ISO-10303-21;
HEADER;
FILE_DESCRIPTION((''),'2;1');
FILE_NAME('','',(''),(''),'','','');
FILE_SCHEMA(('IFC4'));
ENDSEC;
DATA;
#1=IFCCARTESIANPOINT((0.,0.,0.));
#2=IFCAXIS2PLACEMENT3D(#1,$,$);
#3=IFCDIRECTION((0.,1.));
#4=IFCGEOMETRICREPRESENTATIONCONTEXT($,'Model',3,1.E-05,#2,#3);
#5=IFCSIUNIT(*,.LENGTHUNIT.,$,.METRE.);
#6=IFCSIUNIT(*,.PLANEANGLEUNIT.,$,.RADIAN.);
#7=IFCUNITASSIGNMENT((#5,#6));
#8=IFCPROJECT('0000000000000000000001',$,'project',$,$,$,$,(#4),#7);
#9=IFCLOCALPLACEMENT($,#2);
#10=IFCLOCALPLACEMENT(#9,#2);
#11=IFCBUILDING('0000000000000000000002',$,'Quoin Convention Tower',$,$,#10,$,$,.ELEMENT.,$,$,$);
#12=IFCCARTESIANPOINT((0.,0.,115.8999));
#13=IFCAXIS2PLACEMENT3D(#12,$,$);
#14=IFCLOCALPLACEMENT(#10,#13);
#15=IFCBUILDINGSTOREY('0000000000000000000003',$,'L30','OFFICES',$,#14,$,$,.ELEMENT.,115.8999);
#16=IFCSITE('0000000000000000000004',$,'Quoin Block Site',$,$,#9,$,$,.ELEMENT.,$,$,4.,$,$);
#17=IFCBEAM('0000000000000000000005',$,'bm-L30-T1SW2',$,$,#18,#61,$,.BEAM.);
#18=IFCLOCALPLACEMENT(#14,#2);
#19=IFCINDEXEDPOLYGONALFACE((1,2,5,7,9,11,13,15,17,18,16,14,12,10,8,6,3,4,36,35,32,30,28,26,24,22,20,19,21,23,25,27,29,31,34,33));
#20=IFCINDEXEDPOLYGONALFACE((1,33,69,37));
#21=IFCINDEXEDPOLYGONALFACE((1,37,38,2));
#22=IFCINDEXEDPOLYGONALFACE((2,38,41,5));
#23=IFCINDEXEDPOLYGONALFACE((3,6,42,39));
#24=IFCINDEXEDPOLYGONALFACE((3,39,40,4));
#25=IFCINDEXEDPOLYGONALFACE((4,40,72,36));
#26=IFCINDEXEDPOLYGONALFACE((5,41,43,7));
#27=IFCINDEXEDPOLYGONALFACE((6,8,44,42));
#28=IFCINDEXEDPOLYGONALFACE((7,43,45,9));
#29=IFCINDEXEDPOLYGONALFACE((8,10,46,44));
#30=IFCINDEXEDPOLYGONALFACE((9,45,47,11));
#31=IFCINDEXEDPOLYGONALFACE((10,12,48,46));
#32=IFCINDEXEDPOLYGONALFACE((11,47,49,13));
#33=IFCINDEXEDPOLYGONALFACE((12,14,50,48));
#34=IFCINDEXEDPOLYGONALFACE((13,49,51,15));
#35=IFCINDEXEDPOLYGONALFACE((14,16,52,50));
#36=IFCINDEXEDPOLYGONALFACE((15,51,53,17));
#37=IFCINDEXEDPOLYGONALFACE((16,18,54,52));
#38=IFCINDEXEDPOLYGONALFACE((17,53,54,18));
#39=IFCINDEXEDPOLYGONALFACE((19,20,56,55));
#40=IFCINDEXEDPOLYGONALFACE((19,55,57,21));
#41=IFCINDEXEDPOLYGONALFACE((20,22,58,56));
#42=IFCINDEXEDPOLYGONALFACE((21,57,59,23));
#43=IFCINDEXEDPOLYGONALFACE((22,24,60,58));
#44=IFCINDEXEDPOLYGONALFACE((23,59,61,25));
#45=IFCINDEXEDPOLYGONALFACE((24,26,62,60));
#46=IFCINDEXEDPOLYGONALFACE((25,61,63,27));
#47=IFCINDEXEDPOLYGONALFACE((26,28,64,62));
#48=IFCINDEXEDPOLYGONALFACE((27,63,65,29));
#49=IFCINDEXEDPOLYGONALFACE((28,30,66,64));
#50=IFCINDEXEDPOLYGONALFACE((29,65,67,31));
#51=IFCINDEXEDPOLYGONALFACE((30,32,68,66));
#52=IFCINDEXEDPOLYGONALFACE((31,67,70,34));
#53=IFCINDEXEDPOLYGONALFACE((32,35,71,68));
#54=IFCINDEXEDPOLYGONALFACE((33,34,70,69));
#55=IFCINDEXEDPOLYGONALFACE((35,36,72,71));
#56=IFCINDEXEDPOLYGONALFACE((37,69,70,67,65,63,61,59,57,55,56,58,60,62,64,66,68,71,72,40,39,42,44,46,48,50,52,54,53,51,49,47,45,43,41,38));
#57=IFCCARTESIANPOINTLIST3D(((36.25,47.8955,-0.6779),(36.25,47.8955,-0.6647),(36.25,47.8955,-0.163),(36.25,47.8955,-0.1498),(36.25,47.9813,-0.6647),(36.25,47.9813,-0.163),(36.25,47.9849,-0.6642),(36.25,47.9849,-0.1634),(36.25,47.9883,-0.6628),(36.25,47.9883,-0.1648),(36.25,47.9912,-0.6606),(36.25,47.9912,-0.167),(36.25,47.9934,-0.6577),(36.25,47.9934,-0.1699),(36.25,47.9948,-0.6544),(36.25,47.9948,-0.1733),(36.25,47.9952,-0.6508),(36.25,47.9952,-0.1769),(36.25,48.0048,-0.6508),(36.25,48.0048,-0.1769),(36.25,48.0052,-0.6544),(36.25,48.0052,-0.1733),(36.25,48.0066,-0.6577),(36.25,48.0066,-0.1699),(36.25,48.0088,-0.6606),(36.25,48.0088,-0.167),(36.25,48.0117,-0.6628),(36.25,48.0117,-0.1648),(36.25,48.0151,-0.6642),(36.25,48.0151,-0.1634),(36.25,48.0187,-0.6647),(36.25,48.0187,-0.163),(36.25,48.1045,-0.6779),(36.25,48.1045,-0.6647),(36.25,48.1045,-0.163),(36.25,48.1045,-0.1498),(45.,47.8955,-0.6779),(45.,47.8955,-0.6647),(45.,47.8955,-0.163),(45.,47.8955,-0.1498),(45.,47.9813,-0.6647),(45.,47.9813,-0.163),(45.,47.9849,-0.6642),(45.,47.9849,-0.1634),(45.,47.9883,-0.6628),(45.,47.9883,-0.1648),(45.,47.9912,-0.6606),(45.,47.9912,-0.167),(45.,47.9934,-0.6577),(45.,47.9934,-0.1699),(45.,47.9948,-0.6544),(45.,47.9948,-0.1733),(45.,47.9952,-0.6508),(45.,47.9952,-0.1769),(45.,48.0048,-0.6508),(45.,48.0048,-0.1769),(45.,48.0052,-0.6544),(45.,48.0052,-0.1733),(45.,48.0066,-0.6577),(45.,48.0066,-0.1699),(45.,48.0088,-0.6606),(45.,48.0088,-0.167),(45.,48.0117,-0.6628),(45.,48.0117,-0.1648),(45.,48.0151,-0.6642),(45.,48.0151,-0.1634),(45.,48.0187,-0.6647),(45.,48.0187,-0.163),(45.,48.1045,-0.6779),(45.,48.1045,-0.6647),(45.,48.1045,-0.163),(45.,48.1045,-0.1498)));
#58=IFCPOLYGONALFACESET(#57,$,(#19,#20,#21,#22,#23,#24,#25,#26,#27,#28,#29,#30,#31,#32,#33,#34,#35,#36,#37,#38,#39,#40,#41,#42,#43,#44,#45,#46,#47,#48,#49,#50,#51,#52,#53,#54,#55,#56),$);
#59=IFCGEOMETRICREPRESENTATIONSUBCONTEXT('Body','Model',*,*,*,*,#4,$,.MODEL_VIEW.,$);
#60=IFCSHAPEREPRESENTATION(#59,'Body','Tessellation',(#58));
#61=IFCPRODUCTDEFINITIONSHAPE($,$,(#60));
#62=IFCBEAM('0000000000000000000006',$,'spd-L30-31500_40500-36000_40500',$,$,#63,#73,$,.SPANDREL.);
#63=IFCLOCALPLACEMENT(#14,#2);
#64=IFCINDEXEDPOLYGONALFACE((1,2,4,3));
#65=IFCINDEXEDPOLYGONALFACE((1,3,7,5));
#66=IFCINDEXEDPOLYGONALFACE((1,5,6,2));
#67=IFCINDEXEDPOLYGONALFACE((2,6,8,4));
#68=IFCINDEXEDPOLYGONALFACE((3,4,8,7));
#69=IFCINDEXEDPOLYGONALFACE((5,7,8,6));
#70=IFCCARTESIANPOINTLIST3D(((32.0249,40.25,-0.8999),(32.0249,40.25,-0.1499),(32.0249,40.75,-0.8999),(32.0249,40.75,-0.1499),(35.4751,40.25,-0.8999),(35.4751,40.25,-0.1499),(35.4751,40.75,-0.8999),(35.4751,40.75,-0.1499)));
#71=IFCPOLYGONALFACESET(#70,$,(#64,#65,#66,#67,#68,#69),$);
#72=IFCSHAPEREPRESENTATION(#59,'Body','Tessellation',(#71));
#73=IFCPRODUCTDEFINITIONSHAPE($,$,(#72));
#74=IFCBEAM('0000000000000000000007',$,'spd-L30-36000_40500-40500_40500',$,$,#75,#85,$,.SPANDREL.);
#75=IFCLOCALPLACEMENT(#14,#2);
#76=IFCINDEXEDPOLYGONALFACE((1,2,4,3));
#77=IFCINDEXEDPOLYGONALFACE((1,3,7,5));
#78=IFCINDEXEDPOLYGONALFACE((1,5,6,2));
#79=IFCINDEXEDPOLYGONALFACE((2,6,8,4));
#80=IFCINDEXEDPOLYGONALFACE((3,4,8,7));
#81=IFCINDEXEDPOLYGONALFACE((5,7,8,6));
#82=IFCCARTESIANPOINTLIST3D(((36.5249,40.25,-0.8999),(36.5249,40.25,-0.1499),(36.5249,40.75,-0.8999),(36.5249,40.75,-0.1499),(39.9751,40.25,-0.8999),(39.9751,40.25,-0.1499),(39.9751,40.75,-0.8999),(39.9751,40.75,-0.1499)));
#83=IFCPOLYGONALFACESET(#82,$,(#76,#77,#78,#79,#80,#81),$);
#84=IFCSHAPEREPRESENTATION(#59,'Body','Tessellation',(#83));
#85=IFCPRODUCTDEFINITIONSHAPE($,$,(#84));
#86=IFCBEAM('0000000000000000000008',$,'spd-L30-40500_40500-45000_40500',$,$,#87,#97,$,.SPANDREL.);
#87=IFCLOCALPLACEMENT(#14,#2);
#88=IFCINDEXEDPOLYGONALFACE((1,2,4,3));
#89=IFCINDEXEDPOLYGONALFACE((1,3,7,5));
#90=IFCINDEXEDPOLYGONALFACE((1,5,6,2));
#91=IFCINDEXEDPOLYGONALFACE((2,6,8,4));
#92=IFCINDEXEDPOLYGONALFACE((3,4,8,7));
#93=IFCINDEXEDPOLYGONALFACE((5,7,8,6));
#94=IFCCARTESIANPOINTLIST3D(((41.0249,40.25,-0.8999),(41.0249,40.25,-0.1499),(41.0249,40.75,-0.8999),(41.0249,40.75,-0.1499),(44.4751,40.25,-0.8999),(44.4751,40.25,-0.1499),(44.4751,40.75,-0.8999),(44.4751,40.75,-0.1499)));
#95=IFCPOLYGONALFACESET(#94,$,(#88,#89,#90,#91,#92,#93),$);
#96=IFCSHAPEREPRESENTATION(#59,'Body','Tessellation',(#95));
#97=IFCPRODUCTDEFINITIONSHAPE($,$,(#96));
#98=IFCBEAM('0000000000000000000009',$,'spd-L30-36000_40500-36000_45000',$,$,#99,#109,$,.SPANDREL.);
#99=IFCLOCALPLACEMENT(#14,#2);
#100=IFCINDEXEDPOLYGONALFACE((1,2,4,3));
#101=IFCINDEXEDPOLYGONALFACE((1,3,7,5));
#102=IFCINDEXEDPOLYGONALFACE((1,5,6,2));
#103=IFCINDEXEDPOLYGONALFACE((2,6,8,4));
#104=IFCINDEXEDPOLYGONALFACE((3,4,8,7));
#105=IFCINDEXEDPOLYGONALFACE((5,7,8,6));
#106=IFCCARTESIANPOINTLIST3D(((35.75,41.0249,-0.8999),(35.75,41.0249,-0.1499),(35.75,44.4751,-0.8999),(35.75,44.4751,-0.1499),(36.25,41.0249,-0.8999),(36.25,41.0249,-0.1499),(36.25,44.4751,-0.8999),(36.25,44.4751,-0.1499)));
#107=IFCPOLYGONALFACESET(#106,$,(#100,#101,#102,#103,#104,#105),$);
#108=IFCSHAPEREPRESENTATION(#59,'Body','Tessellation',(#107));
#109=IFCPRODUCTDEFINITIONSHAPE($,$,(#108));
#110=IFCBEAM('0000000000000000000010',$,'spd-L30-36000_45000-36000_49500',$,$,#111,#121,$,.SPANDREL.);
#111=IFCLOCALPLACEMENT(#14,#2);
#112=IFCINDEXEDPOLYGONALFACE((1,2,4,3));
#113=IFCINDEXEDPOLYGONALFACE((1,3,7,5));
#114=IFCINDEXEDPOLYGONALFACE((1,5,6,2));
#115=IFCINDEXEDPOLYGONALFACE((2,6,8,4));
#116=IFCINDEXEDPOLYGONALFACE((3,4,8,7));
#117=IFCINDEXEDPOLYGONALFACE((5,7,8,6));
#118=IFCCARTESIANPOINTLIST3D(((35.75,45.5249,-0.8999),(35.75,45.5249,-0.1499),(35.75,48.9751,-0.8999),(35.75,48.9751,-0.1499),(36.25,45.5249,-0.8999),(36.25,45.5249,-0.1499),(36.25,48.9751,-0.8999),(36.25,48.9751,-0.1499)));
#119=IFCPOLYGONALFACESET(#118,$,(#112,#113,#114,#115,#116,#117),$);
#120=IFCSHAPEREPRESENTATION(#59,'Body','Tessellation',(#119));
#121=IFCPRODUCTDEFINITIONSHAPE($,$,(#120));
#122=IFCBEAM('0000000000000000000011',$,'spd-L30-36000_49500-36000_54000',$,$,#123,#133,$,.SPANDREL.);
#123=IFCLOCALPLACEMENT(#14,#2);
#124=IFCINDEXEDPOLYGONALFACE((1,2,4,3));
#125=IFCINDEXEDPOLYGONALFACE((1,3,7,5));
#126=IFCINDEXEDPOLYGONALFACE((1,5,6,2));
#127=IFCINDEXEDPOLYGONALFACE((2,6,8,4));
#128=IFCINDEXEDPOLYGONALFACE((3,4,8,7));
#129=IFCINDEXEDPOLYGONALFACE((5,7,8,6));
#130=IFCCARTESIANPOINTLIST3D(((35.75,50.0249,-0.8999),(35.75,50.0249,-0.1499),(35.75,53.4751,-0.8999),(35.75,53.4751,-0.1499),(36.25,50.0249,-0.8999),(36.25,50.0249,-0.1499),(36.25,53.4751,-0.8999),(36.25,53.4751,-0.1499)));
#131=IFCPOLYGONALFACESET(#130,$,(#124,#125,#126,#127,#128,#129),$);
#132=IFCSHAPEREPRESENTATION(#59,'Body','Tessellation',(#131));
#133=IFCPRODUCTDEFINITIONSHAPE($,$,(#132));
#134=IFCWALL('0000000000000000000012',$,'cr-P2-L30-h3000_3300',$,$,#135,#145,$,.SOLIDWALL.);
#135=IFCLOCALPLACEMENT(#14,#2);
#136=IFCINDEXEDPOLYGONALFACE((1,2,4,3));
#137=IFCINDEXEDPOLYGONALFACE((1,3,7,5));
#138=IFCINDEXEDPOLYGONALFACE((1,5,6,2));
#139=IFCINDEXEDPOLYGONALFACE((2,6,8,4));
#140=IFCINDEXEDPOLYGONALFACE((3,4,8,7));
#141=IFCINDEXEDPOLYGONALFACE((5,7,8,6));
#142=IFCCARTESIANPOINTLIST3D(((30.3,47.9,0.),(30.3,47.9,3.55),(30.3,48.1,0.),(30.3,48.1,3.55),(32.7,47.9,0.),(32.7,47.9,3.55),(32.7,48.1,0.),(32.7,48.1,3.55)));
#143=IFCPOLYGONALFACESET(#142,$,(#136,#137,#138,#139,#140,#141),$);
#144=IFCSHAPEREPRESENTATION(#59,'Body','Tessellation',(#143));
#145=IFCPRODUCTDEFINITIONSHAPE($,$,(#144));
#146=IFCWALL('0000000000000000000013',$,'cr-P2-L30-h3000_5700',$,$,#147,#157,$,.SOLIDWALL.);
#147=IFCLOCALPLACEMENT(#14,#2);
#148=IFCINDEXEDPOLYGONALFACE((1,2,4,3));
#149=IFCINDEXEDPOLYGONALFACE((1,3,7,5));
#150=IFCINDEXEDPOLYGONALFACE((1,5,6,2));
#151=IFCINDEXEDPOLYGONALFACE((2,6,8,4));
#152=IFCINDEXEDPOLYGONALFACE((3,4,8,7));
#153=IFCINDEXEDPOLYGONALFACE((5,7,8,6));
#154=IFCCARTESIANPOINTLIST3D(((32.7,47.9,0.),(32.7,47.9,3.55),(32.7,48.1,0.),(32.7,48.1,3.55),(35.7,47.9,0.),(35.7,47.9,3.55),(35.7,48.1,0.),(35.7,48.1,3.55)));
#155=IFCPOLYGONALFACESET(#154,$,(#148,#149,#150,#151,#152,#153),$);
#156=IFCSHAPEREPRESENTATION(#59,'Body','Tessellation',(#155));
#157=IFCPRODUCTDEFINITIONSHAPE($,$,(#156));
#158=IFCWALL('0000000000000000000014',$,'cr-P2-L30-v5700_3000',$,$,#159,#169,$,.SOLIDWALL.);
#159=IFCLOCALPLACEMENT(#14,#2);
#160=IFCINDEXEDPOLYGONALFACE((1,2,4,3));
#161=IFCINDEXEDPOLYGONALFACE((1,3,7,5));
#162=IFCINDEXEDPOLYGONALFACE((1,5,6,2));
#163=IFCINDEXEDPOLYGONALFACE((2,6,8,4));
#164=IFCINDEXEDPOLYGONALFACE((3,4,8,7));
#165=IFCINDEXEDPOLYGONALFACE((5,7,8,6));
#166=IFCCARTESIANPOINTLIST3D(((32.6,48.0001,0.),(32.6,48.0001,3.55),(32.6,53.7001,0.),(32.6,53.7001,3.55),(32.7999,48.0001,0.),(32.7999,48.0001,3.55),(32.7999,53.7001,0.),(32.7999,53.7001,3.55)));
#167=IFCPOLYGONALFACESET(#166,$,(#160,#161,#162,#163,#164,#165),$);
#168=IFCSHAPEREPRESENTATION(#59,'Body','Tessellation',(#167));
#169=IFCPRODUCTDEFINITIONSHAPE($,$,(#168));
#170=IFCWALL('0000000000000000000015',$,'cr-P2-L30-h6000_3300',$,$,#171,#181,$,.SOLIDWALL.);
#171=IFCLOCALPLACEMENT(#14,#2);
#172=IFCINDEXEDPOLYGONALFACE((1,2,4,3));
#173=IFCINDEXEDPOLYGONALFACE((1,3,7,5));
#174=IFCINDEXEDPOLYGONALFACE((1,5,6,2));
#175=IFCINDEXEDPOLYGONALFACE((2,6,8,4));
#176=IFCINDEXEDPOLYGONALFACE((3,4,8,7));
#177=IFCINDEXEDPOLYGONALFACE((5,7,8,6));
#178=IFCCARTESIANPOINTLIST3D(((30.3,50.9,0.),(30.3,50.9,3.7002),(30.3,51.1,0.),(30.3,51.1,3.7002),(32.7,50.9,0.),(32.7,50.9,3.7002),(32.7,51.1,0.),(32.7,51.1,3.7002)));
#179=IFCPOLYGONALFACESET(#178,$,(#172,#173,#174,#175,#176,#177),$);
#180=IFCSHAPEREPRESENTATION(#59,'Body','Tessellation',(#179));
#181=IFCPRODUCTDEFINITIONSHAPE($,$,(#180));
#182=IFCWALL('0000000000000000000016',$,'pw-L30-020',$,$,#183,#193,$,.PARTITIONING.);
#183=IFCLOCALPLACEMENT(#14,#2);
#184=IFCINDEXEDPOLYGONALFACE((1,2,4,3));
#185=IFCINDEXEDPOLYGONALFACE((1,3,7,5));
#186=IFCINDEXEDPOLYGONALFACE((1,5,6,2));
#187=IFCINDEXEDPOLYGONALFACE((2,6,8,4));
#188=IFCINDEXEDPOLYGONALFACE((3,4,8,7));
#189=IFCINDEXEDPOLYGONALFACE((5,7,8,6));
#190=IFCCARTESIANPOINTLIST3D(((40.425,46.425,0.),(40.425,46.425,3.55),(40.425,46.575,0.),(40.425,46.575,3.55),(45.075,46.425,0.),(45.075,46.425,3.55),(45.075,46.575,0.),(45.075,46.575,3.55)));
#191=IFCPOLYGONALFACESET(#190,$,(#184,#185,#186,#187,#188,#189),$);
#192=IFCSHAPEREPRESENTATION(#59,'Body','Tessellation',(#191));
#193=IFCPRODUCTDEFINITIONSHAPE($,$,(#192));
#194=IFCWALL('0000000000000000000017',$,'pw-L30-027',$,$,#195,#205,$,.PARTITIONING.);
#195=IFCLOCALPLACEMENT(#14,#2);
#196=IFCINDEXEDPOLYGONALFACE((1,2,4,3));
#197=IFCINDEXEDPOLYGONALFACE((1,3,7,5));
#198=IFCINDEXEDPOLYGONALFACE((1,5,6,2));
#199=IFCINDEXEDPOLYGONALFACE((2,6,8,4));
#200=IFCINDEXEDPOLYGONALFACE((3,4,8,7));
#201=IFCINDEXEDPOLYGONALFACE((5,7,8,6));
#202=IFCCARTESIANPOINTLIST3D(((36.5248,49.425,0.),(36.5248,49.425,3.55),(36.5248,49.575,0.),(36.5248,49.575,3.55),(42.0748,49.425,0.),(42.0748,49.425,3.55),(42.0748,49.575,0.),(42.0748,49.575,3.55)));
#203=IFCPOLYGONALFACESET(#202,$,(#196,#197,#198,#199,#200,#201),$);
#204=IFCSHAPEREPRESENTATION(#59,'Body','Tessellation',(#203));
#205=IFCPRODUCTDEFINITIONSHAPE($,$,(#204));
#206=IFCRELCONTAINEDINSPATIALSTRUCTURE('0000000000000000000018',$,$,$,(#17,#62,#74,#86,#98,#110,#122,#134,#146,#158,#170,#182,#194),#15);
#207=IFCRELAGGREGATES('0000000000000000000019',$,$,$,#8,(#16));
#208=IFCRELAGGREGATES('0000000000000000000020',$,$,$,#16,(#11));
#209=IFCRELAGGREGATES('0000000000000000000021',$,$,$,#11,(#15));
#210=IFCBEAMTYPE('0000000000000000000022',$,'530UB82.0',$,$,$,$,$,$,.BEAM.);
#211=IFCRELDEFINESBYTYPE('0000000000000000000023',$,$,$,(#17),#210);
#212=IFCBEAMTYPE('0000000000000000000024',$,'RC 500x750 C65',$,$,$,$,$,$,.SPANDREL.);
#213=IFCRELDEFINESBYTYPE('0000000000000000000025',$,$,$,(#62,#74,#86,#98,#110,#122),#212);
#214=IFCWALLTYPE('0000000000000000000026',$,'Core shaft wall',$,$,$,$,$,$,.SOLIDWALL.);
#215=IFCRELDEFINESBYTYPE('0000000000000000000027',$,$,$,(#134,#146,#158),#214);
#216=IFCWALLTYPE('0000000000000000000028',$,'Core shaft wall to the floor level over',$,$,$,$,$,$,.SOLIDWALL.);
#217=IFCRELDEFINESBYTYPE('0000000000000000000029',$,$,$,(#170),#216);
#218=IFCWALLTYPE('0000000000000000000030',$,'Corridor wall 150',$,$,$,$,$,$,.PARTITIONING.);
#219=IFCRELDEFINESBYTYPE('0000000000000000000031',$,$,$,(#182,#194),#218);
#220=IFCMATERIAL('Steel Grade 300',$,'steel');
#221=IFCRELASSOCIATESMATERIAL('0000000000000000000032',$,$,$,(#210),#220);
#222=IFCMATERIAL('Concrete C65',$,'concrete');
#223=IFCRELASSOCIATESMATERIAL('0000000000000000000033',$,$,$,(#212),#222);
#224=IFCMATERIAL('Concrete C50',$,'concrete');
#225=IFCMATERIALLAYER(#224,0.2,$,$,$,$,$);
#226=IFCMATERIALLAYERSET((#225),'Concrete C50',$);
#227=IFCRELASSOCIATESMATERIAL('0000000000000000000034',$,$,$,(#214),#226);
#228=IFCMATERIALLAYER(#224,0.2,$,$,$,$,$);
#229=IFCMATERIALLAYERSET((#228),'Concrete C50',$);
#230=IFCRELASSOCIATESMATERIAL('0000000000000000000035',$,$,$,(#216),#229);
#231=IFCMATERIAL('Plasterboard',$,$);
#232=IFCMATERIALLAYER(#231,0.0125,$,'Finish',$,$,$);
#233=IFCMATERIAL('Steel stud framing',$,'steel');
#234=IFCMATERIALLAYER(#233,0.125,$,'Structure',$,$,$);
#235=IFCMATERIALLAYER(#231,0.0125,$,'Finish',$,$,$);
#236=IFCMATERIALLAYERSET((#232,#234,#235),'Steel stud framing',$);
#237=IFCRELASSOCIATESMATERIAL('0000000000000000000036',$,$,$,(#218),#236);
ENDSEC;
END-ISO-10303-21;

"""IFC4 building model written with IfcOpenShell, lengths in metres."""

from ifc_helpers import new_model, si_unit, direction, frame, frame_2d, origin, origin_2d, place, context, subcontext, project, spatial, rectangle, i_section, extrude, material, layer, layer_set, material_profile, profile_set, type_object, element, save


model = new_model("IFC4")

# Units and contexts
model_context = context("Model", 3, precision=1e-05, world=origin(), true_north=direction((0.0, 1.0)))
body_context = subcontext(model_context, "Body", "Model", "MODEL_VIEW")
ifc_project = project(units=[si_unit("LENGTHUNIT", "METRE"), si_unit("PLANEANGLEUNIT", "RADIAN")], contexts=[model_context])

# Site, building, storey
site_placement = place(None, origin())
site = spatial("IfcSite", under=ifc_project, at=site_placement, Name="Quoin Block Site", CompositionType="ELEMENT", RefElevation=4.0)
building_placement = place(site_placement, origin())
building = spatial("IfcBuilding", under=site, at=building_placement, Name="Quoin Convention Tower", CompositionType="ELEMENT")
storey_placement = place(building_placement, frame((0.0, 0.0, 115.8999)))
storey = spatial("IfcBuildingStorey", under=building, at=storey_placement, Name="L30", Description="OFFICES", CompositionType="ELEMENT", Elevation=115.8999)

# Shared definitions
ifc_material_1 = material(Name="Concrete C65", Category="concrete")

# Beams
ifc_material_2 = material(Name="Steel Grade 300", Category="steel")
ifc_material_profile_1 = material_profile(ifc_material_2, i_section(OverallWidth=0.209, OverallDepth=0.5281, WebThickness=0.0095, FlangeThickness=0.0132, FilletRadius=0.0139, at=origin_2d()), Name="530UB82.0")
ifc_profile_set_1 = profile_set([ifc_material_profile_1], Name="Steel Grade 300")
beam_type_1 = type_object("IfcBeamType", Name="530UB82.0", PredefinedType="BEAM", material=ifc_profile_set_1)
beam_1_placement = place(storey_placement, frame((36.25, 48.0, -0.4138), z_axis=(1.0, 0.0, 0.0), x_axis=(0.0, 1.0, 0.0)))
element("IfcBeam", 1, at=beam_1_placement, inside=storey, type_object=beam_type_1, Name="bm-L30-T1SW2", PredefinedType="BEAM", context=body_context, shape_type="SweptSolid", body=[
    extrude(i_section(OverallWidth=0.209, OverallDepth=0.5281, WebThickness=0.0095, FlangeThickness=0.0132, FilletRadius=0.0139, at=origin_2d()), origin(), (0.0, 0.0, 1.0), 8.75),
])
ifc_material_profile_2 = material_profile(ifc_material_1, rectangle(XDim=0.5, YDim=0.75, at=origin_2d()), Name="RC 500x750")
ifc_profile_set_2 = profile_set([ifc_material_profile_2], Name="Concrete C65")
beam_type_2 = type_object("IfcBeamType", Name="RC 500x750 C65", PredefinedType="SPANDREL", material=ifc_profile_set_2)
for number, where, z_axis, x_axis, name in (
    (2, (32.0249, 40.5, -0.5249), (1.0, 0.0, 0.0), (0.0, 1.0, 0.0), "spd-L30-31500_40500-36000_40500"),
    (3, (36.5249, 40.5, -0.5249), (1.0, 0.0, 0.0), (0.0, 1.0, 0.0), "spd-L30-36000_40500-40500_40500"),
    (4, (41.0249, 40.5, -0.5249), (1.0, 0.0, 0.0), (0.0, 1.0, 0.0), "spd-L30-40500_40500-45000_40500"),
    (5, (36.0, 41.0249, -0.5249), (0.0, 1.0, 0.0), (-1.0, 0.0, 0.0), "spd-L30-36000_40500-36000_45000"),
    (6, (36.0, 45.5249, -0.5249), (0.0, 1.0, 0.0), (-1.0, 0.0, 0.0), "spd-L30-36000_45000-36000_49500"),
    (7, (36.0, 50.0249, -0.5249), (0.0, 1.0, 0.0), (-1.0, 0.0, 0.0), "spd-L30-36000_49500-36000_54000"),
):
    element("IfcBeam", number, at=place(storey_placement, frame(where, z_axis=z_axis, x_axis=x_axis)), inside=storey, type_object=beam_type_2, Name=name, PredefinedType="SPANDREL", context=body_context, shape_type="SweptSolid", body=[
        extrude(rectangle(XDim=0.5, YDim=0.75, at=origin_2d()), origin(), (0.0, 0.0, 1.0), 3.4502),
    ])

# Walls
ifc_material_3 = material(Name="Concrete C50", Category="concrete")
ifc_layer_1 = layer(ifc_material_3, 0.2)
ifc_layer_set_1 = layer_set([ifc_layer_1], Name="Concrete C50")
wall_type_1 = type_object("IfcWallType", Name="Core shaft wall", PredefinedType="SOLIDWALL", material=ifc_layer_set_1)
wall_1_placement = place(storey_placement, frame((30.3, 48.0, 0.0), z_axis=(0.0, 0.0, 1.0), x_axis=(1.0, 0.0, 0.0)))
element("IfcWall", 8, at=wall_1_placement, inside=storey, type_object=wall_type_1, Name="cr-P2-L30-h3000_3300", PredefinedType="SOLIDWALL", context=body_context, shape_type="SweptSolid", body=[
    extrude(rectangle(XDim=2.3999, YDim=0.2, at=frame_2d((1.2, 0.0))), origin(), (0.0, 0.0, 1.0), 3.55),
])
wall_2_placement = place(storey_placement, frame((32.7, 48.0, 0.0), z_axis=(0.0, 0.0, 1.0), x_axis=(1.0, 0.0, 0.0)))
element("IfcWall", 9, at=wall_2_placement, inside=storey, type_object=wall_type_1, Name="cr-P2-L30-h3000_5700", PredefinedType="SOLIDWALL", context=body_context, shape_type="SweptSolid", body=[
    extrude(rectangle(XDim=3.0, YDim=0.2, at=frame_2d((1.5, 0.0))), origin(), (0.0, 0.0, 1.0), 3.55),
])
wall_3_placement = place(storey_placement, frame((32.7, 48.0, 0.0), z_axis=(0.0, 0.0, 1.0), x_axis=(0.0, 1.0, 0.0)))
element("IfcWall", 10, at=wall_3_placement, inside=storey, type_object=wall_type_1, Name="cr-P2-L30-v5700_3000", PredefinedType="SOLIDWALL", context=body_context, shape_type="SweptSolid", body=[
    extrude(rectangle(XDim=5.7, YDim=0.2, at=frame_2d((2.8501, 0.0))), origin(), (0.0, 0.0, 1.0), 3.55),
])
ifc_layer_2 = layer(ifc_material_3, 0.2)
ifc_layer_set_2 = layer_set([ifc_layer_2], Name="Concrete C50")
wall_type_2 = type_object("IfcWallType", Name="Core shaft wall to the floor level over", PredefinedType="SOLIDWALL", material=ifc_layer_set_2)
wall_4_placement = place(storey_placement, frame((30.3, 51.0, 0.0), z_axis=(0.0, 0.0, 1.0), x_axis=(1.0, 0.0, 0.0)))
element("IfcWall", 11, at=wall_4_placement, inside=storey, type_object=wall_type_2, Name="cr-P2-L30-h6000_3300", PredefinedType="SOLIDWALL", context=body_context, shape_type="SweptSolid", body=[
    extrude(rectangle(XDim=2.3999, YDim=0.2, at=frame_2d((1.2, 0.0))), origin(), (0.0, 0.0, 1.0), 3.7002),
])
ifc_material_4 = material(Name="Plasterboard")
ifc_layer_3 = layer(ifc_material_4, 0.0125, Name="Finish")
ifc_material_5 = material(Name="Steel stud framing", Category="steel")
ifc_layer_4 = layer(ifc_material_5, 0.125, Name="Structure")
ifc_layer_5 = layer(ifc_material_4, 0.0125, Name="Finish")
ifc_layer_set_3 = layer_set([ifc_layer_3, ifc_layer_4, ifc_layer_5], Name="Steel stud framing")
wall_type_3 = type_object("IfcWallType", Name="Corridor wall 150", PredefinedType="PARTITIONING", material=ifc_layer_set_3)
wall_5_placement = place(storey_placement, frame((40.425, 46.5, 0.0), z_axis=(0.0, 0.0, 1.0), x_axis=(1.0, 0.0, 0.0)))
element("IfcWall", 12, at=wall_5_placement, inside=storey, type_object=wall_type_3, Name="pw-L30-020", PredefinedType="PARTITIONING", context=body_context, shape_type="SweptSolid", body=[
    extrude(rectangle(XDim=4.6499, YDim=0.1499, at=frame_2d((2.325, 0.0))), origin(), (0.0, 0.0, 1.0), 3.55),
])
wall_6_placement = place(storey_placement, frame((36.5249, 49.5, 0.0), z_axis=(0.0, 0.0, 1.0), x_axis=(1.0, 0.0, 0.0)))
element("IfcWall", 13, at=wall_6_placement, inside=storey, type_object=wall_type_3, Name="pw-L30-027", PredefinedType="PARTITIONING", context=body_context, shape_type="SweptSolid", body=[
    extrude(rectangle(XDim=5.55, YDim=0.1499, at=frame_2d((2.7749, 0.0))), origin(), (0.0, 0.0, 1.0), 3.55),
])

save(model, "model.ifc")
